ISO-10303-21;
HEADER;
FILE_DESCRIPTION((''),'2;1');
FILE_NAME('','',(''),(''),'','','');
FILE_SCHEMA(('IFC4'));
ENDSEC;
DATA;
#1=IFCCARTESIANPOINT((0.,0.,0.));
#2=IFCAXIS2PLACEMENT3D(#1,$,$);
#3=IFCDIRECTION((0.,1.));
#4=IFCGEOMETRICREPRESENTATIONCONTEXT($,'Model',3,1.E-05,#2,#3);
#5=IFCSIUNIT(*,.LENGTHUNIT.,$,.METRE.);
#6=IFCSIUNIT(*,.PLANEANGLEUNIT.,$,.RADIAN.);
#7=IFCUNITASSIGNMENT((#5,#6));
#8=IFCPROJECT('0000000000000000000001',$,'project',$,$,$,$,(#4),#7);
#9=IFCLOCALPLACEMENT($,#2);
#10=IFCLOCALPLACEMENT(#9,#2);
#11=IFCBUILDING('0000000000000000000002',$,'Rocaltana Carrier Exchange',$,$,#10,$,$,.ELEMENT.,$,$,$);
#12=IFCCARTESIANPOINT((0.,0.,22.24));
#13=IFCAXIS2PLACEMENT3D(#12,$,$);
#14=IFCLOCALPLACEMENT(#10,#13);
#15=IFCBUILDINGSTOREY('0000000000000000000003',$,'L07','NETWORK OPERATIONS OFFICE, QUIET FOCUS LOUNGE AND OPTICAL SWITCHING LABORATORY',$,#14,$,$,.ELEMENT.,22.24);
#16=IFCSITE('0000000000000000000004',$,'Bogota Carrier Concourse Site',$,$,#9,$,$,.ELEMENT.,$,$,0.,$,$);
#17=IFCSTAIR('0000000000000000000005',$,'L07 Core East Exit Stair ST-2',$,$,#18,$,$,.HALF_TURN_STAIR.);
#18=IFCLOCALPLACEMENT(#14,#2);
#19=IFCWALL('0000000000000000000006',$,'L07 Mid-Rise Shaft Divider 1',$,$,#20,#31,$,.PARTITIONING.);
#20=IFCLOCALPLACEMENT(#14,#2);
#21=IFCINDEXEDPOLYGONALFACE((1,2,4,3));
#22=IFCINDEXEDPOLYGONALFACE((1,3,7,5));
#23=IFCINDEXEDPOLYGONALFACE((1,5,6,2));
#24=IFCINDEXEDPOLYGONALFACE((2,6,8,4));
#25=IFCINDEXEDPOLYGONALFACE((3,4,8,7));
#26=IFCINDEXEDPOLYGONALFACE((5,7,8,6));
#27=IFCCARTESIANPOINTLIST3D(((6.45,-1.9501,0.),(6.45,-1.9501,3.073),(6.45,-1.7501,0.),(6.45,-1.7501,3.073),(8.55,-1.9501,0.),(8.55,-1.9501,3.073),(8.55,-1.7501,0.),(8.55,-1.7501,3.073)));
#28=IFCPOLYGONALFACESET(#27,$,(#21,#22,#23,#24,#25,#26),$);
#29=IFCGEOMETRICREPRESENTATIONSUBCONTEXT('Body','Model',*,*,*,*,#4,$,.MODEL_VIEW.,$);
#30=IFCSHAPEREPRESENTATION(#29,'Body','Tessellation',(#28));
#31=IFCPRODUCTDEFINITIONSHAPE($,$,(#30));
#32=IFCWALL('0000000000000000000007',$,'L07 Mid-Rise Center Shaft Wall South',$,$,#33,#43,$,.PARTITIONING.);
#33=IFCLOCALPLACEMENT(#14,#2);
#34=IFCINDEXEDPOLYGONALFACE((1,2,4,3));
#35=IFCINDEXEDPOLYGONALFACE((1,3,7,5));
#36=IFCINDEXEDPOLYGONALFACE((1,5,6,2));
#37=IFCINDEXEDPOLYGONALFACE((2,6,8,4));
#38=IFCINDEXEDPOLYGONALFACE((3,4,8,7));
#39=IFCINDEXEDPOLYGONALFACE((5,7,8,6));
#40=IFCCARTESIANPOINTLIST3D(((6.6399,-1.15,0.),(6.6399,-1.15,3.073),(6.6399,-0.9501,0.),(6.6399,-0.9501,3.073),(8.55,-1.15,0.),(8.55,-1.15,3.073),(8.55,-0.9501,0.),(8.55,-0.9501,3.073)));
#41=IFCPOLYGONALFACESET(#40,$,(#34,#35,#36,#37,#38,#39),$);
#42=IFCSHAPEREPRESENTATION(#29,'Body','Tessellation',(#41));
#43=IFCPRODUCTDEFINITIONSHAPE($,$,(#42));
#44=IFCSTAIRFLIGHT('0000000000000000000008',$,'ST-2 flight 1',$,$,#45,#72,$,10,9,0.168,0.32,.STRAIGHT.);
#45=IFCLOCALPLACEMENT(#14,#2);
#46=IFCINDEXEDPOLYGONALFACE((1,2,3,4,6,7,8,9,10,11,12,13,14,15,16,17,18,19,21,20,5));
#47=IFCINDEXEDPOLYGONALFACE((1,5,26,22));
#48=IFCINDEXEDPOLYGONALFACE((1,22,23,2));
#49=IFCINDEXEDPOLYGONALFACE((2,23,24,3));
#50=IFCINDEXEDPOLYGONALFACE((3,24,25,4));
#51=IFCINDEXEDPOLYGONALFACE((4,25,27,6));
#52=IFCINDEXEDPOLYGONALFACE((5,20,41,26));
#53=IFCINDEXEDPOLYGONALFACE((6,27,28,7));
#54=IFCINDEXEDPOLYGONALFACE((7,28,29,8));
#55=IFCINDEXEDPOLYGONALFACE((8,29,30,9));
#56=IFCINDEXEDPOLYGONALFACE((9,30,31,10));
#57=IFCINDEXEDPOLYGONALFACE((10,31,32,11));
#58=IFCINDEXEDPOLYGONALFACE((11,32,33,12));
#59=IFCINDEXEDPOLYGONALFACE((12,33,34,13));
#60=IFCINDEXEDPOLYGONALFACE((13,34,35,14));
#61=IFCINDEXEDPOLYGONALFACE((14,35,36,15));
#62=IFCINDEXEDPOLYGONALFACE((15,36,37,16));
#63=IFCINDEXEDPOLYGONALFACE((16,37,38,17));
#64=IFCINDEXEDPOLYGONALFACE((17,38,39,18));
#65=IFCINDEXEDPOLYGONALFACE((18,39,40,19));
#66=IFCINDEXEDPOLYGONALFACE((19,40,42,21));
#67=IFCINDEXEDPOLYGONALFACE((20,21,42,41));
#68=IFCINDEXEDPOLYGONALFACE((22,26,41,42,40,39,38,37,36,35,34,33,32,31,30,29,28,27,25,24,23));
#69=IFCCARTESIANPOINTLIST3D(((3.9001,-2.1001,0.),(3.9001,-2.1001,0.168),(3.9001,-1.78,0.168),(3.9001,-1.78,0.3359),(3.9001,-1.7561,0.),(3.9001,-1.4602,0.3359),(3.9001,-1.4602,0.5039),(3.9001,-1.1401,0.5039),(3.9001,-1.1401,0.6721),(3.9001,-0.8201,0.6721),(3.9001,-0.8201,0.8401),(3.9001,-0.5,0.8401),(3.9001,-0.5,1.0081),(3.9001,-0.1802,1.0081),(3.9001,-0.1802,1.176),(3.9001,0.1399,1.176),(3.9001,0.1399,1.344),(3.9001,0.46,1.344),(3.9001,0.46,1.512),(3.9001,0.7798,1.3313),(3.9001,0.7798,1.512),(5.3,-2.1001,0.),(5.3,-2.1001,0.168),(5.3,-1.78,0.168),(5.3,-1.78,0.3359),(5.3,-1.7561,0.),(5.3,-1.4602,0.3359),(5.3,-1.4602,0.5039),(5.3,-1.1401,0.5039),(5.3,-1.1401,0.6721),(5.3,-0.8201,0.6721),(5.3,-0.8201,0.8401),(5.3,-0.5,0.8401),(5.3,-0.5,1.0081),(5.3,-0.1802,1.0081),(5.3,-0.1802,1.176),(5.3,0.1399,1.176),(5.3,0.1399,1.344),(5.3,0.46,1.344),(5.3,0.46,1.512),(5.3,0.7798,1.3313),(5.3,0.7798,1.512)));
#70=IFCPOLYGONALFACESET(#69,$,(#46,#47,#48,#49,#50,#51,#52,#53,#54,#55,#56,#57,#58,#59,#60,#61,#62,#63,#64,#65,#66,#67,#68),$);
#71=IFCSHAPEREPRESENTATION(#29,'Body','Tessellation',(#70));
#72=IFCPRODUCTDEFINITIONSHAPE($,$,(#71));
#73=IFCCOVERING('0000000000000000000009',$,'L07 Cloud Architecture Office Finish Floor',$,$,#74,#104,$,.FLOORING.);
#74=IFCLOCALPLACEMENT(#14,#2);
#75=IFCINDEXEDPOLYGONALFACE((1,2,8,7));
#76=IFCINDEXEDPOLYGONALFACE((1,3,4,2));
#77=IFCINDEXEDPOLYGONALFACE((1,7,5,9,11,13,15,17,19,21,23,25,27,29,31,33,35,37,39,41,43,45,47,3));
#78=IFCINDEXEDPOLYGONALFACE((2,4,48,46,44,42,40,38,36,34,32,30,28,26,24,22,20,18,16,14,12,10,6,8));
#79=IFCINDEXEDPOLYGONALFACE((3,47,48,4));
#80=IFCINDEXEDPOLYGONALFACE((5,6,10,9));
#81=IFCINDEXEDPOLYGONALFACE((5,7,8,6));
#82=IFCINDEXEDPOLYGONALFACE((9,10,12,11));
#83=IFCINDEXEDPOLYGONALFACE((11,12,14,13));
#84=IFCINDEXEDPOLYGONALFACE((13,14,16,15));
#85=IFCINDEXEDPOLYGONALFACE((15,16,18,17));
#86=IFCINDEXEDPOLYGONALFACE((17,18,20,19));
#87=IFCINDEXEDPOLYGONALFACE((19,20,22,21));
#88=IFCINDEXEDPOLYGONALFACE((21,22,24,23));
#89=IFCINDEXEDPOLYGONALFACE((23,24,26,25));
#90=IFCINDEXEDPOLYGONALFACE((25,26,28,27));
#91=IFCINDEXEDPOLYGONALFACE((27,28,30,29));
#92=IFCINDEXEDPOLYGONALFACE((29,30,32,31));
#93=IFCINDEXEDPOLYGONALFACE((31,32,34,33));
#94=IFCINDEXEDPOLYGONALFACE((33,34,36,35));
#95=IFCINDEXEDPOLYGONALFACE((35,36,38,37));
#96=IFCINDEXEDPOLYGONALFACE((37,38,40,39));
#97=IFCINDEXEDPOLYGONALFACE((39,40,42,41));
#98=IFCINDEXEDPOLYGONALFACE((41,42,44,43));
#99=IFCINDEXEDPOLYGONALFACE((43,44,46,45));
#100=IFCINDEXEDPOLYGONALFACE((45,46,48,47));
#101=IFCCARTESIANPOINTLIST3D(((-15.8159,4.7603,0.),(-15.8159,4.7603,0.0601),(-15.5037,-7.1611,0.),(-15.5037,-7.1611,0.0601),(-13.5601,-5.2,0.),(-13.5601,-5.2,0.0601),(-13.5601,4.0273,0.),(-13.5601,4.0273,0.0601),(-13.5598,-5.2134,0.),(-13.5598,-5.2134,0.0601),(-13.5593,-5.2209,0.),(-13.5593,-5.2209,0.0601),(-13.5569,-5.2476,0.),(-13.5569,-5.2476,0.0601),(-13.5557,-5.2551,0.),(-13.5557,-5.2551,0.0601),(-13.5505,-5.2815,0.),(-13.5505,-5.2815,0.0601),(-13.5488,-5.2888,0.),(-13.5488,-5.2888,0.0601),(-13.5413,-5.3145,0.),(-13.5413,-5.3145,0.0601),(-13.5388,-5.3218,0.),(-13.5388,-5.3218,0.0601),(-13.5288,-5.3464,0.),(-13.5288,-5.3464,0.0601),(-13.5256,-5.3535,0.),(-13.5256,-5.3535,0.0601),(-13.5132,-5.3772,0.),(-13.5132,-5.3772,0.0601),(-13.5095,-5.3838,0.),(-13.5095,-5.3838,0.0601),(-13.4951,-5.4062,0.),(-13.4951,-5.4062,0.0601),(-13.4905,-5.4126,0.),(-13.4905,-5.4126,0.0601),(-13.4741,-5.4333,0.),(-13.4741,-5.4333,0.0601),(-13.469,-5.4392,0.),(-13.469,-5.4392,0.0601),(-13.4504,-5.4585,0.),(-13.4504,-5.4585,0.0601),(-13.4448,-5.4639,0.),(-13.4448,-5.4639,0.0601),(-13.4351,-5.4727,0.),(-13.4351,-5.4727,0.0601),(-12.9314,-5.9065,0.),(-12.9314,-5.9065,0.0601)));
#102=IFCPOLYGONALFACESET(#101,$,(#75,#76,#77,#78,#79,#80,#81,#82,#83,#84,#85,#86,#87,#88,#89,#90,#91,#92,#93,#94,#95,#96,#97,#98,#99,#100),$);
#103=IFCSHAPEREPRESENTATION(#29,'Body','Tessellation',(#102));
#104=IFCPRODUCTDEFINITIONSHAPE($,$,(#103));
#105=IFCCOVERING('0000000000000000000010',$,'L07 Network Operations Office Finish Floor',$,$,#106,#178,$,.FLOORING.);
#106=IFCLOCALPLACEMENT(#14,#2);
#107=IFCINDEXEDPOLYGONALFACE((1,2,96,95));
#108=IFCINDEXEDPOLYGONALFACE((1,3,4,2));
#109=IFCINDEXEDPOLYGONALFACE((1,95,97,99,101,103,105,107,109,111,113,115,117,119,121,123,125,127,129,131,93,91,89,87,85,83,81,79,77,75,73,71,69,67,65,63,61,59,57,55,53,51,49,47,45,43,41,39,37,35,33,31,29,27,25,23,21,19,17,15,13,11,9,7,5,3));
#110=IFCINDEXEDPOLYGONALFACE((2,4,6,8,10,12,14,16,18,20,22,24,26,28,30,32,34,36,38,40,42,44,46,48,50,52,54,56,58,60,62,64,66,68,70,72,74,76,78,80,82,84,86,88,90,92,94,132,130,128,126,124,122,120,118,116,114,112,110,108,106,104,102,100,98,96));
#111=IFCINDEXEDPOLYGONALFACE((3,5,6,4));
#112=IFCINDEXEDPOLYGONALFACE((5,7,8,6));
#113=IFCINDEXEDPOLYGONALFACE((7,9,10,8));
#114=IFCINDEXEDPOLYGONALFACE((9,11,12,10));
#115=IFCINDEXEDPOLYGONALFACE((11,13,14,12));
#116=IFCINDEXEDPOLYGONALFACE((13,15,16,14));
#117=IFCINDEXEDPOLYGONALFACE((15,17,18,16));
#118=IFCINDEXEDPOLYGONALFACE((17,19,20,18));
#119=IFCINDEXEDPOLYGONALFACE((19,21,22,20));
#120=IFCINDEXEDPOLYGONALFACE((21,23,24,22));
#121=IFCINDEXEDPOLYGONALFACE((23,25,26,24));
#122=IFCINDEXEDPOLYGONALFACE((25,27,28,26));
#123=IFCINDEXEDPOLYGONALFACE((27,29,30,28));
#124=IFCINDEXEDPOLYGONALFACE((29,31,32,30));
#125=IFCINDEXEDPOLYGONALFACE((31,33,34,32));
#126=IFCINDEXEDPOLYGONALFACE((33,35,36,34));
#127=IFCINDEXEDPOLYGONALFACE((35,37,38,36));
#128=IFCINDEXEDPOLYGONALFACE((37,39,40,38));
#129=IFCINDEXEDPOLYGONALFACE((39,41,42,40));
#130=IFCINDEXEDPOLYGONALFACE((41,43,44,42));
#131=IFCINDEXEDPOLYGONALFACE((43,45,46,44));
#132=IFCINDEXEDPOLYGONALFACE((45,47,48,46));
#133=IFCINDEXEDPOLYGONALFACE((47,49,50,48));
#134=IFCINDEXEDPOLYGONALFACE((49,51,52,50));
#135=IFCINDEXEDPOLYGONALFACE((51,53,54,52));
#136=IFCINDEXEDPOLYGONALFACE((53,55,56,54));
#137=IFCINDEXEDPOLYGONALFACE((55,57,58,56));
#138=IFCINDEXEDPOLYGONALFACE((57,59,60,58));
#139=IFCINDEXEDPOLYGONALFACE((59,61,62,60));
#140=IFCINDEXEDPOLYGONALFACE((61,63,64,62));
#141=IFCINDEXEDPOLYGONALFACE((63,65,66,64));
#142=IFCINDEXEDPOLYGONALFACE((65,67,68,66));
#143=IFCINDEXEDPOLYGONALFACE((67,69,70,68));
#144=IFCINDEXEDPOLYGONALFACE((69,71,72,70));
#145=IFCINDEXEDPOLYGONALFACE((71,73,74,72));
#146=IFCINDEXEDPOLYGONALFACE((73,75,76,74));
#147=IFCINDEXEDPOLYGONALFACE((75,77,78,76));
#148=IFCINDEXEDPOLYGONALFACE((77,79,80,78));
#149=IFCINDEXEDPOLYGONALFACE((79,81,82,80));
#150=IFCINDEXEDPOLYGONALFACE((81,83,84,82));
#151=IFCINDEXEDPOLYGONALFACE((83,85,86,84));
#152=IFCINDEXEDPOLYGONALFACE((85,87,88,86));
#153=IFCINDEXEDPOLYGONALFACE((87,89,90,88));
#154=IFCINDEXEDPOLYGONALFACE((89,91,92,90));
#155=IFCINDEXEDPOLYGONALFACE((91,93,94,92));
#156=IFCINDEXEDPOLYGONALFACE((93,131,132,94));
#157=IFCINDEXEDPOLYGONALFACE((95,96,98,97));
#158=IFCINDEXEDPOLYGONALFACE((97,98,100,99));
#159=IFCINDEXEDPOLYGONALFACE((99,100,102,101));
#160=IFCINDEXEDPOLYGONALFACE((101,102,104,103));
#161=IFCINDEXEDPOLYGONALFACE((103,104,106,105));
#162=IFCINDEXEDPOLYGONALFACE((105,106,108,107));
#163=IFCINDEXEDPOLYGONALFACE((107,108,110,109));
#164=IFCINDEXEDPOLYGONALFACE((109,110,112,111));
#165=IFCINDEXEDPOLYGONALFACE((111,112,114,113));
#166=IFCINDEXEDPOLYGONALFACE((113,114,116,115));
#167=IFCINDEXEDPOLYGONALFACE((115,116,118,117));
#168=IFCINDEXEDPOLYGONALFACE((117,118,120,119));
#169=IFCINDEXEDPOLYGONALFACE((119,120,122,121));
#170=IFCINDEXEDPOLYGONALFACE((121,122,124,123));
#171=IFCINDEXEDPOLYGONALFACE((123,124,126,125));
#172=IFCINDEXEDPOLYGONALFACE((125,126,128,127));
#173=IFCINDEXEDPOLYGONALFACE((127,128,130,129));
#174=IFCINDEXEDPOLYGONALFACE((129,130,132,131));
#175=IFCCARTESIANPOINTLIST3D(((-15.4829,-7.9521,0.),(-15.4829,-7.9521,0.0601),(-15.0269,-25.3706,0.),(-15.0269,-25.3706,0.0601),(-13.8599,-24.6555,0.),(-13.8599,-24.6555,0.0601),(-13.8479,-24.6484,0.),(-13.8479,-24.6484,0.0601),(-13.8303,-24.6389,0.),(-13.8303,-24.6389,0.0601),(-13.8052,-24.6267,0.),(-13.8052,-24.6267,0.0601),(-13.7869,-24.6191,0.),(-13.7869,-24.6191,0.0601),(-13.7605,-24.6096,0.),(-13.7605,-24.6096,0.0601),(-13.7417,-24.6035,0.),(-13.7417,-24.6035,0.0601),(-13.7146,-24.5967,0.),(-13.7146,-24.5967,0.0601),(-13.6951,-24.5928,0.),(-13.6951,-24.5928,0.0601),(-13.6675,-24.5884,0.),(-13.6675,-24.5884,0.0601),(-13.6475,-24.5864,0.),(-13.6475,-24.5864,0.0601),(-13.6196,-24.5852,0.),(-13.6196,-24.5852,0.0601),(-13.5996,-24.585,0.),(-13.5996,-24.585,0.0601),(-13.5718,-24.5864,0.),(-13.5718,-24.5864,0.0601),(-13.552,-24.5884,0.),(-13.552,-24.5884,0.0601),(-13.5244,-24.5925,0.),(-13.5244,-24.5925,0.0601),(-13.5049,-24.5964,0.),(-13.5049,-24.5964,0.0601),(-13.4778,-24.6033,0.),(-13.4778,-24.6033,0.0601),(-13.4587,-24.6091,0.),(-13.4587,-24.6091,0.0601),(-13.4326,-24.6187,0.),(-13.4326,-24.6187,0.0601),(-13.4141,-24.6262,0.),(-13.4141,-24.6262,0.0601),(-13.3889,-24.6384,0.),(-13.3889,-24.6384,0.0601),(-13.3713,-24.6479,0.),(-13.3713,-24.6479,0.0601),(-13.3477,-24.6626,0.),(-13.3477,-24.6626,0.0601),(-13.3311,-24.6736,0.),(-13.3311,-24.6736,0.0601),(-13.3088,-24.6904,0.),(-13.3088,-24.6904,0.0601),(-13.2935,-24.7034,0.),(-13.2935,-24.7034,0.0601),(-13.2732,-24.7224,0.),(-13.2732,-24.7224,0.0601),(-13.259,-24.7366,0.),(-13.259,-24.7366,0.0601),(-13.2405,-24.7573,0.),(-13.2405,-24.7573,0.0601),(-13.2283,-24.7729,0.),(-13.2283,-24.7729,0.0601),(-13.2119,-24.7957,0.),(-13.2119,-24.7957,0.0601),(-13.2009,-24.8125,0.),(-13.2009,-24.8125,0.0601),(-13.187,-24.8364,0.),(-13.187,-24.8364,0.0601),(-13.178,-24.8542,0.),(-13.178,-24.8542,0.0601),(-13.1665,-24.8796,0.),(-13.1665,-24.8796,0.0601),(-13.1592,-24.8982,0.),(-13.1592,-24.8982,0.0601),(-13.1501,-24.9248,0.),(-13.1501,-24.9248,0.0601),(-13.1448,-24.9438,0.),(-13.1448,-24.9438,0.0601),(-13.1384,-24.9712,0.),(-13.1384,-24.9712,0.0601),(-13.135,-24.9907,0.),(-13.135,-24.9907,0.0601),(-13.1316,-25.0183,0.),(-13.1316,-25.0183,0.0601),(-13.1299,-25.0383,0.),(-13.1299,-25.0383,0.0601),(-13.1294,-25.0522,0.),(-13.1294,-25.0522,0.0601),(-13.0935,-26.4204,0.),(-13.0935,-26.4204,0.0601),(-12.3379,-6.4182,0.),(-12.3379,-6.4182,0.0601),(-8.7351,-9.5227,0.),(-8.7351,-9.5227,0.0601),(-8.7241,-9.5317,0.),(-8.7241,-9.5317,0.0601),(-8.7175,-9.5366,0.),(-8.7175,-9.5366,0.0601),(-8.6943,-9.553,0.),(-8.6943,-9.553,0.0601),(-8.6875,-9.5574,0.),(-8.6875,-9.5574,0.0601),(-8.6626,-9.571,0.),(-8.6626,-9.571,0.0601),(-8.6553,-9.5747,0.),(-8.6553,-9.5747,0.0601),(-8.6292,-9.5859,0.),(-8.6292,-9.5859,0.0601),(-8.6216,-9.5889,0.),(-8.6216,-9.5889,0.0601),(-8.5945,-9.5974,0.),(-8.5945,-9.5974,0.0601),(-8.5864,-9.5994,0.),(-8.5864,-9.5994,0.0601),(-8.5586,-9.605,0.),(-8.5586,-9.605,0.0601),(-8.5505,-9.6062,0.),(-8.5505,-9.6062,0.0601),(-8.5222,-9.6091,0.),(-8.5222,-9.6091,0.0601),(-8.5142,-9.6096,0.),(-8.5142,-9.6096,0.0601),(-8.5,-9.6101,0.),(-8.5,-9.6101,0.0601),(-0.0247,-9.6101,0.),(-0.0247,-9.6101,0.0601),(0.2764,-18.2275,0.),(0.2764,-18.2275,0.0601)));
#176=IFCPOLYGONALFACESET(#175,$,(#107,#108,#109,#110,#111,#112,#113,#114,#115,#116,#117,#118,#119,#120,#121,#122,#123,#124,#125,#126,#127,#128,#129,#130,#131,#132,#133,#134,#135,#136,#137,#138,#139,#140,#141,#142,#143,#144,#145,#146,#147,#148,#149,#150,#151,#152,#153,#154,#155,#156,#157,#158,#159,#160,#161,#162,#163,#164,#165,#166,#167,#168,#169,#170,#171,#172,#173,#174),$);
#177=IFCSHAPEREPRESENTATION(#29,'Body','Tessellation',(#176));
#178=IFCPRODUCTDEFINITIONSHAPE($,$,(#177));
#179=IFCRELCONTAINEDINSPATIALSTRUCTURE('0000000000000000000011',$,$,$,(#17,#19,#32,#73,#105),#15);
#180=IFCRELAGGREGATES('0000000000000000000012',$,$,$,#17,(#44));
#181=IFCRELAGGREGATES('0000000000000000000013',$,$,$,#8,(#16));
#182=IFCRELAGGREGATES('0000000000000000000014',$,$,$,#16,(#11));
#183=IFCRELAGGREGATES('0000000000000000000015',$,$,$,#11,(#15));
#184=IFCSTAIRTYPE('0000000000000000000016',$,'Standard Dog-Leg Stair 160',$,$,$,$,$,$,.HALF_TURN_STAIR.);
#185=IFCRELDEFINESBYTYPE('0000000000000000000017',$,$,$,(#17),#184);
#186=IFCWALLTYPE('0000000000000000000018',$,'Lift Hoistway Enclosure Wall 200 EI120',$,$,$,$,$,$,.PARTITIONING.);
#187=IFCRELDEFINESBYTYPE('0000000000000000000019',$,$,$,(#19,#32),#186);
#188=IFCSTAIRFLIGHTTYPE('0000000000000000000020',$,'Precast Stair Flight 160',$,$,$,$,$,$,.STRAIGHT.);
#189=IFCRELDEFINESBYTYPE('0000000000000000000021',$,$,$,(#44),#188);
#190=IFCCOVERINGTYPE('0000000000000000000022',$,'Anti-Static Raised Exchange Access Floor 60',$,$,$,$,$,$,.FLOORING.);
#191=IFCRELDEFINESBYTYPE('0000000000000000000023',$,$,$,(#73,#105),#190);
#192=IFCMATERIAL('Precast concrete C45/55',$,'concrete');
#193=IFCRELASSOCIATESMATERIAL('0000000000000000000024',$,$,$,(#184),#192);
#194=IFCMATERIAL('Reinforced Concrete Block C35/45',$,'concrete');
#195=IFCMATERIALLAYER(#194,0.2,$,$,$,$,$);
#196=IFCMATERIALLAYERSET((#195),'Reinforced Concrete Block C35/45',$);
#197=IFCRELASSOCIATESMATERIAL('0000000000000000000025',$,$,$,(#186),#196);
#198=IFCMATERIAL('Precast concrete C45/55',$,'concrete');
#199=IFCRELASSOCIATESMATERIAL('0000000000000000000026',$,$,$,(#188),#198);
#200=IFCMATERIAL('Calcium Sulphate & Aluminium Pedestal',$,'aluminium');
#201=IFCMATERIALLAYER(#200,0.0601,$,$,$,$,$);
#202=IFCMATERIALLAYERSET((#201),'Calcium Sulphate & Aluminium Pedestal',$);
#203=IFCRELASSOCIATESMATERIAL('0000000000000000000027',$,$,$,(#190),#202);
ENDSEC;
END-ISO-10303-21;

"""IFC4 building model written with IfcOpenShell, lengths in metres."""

from ifc_helpers import new_model, si_unit, direction, frame, frame_2d, origin, place, context, subcontext, project, spatial, polyline, rectangle, outline, extrude, material, layer, layer_set, type_object, element, aggregate, save


model = new_model("IFC4")

# Units and contexts
model_context = context("Model", 3, precision=1e-05, world=origin(), true_north=direction((0.0, 1.0)))
body_context = subcontext(model_context, "Body", "Model", "MODEL_VIEW")
ifc_project = project(units=[si_unit("LENGTHUNIT", "METRE"), si_unit("PLANEANGLEUNIT", "RADIAN")], contexts=[model_context])

# Site, building, storey
site_placement = place(None, origin())
site = spatial("IfcSite", under=ifc_project, at=site_placement, Name="Bogota Carrier Concourse Site", CompositionType="ELEMENT", RefElevation=0.0)
building_placement = place(site_placement, origin())
building = spatial("IfcBuilding", under=site, at=building_placement, Name="Rocaltana Carrier Exchange", CompositionType="ELEMENT")
storey_placement = place(building_placement, frame((0.0, 0.0, 22.24)))
storey = spatial("IfcBuildingStorey", under=building, at=storey_placement, Name="L07", Description="NETWORK OPERATIONS OFFICE, QUIET FOCUS LOUNGE AND OPTICAL SWITCHING LABORATORY", CompositionType="ELEMENT", Elevation=22.24)

# Stair
ifc_material_1 = material(Name="Precast concrete C45/55", Category="concrete")
stair_type = type_object("IfcStairType", Name="Standard Dog-Leg Stair 160", PredefinedType="HALF_TURN_STAIR", material=ifc_material_1)
stair_1_placement = place(storey_placement, origin())
stair_1 = element("IfcStair", 1, at=stair_1_placement, inside=storey, type_object=stair_type, Name="L07 Core East Exit Stair ST-2", PredefinedType="HALF_TURN_STAIR")

# Walls
ifc_material_2 = material(Name="Reinforced Concrete Block C35/45", Category="concrete")
ifc_layer_1 = layer(ifc_material_2, 0.2)
ifc_layer_set_1 = layer_set([ifc_layer_1], Name="Reinforced Concrete Block C35/45")
wall_type = type_object("IfcWallType", Name="Lift Hoistway Enclosure Wall 200 EI120", PredefinedType="PARTITIONING", material=ifc_layer_set_1)
wall_1_placement = place(storey_placement, frame((6.45, -1.8501, 0.0), z_axis=(0.0, 0.0, 1.0), x_axis=(1.0, 0.0, 0.0)))
element("IfcWall", 2, at=wall_1_placement, inside=storey, type_object=wall_type, Name="L07 Mid-Rise Shaft Divider 1", PredefinedType="PARTITIONING", context=body_context, shape_type="SweptSolid", body=[
    extrude(rectangle(XDim=2.1001, YDim=0.2, at=frame_2d((1.05, 0.0))), origin(), (0.0, 0.0, 1.0), 3.073),
])
wall_2_placement = place(storey_placement, frame((6.6399, -1.05, 0.0), z_axis=(0.0, 0.0, 1.0), x_axis=(1.0, 0.0, 0.0)))
element("IfcWall", 3, at=wall_2_placement, inside=storey, type_object=wall_type, Name="L07 Mid-Rise Center Shaft Wall South", PredefinedType="PARTITIONING", context=body_context, shape_type="SweptSolid", body=[
    extrude(rectangle(XDim=1.9102, YDim=0.2, at=frame_2d((0.9551, 0.0))), origin(), (0.0, 0.0, 1.0), 3.073),
])

# Stair flight
ifc_material_3 = material(Name="Precast concrete C45/55", Category="concrete")
stair_flight_type = type_object("IfcStairFlightType", Name="Precast Stair Flight 160", PredefinedType="STRAIGHT", material=ifc_material_3)
stair_flight_placement = place(storey_placement, frame((4.6001, -2.1001, 0.0), z_axis=(0.0, 0.0, 1.0), x_axis=(0.0, 1.0, 0.0)))
stair_flight = element("IfcStairFlight", 4, at=stair_flight_placement, type_object=stair_flight_type, Name="ST-2 flight 1", NumberOfRisers=10, NumberOfTreads=9, PredefinedType="STRAIGHT", RiserHeight=0.168, TreadLength=0.32, context=body_context, shape_type="SweptSolid", body=[
    extrude(outline(polyline([(0.0, 0.0), (0.0, 0.168), (0.3201, 0.168), (0.3201, 0.3359), (0.6399, 0.3359), (0.6399, 0.5039), (0.96, 0.5039), (0.96, 0.6721), (1.28, 0.6721), (1.28, 0.8401), (1.6001, 0.8401), (1.6001, 1.0081), (1.9199, 1.0081), (1.9199, 1.176), (2.24, 1.176), (2.24, 1.344), (2.5601, 1.344), (2.5601, 1.512), (2.8799, 1.512), (2.8799, 1.6799), (2.8799, 1.3313), (0.344, 0.0), (0.0, 0.0)])), frame((0.0, 0.7, 0.0), z_axis=(0.0, -1.0, 0.0), x_axis=(1.0, 0.0, 0.0)), (0.0, 0.0, 1.0), 1.3999),
])
aggregate(stair_1, [stair_flight])

# Coverings
ifc_material_4 = material(Name="Calcium Sulphate & Aluminium Pedestal", Category="aluminium")
ifc_layer_2 = layer(ifc_material_4, 0.0601)
ifc_layer_set_2 = layer_set([ifc_layer_2], Name="Calcium Sulphate & Aluminium Pedestal")
covering_type_1 = type_object("IfcCoveringType", Name="Anti-Static Raised Exchange Access Floor 60", PredefinedType="FLOORING", material=ifc_layer_set_2)
covering_1_placement = place(storey_placement, origin())
element("IfcCovering", 5, at=covering_1_placement, inside=storey, type_object=covering_type_1, Name="L07 Cloud Architecture Office Finish Floor", PredefinedType="FLOORING", context=body_context, shape_type="SweptSolid", body=[
    extrude(outline(polyline([(-15.8159, 4.7603), (-13.5601, 4.0273), (-13.5601, -5.2), (-13.5598, -5.2134), (-13.5593, -5.2209), (-13.5569, -5.2476), (-13.5557, -5.2551), (-13.5505, -5.2815), (-13.5488, -5.2888), (-13.5413, -5.3145), (-13.5388, -5.3218), (-13.5288, -5.3464), (-13.5256, -5.3535), (-13.5132, -5.3772), (-13.5095, -5.3838), (-13.4951, -5.4062), (-13.4905, -5.4126), (-13.4741, -5.4333), (-13.469, -5.4392), (-13.4504, -5.4585), (-13.4448, -5.4639), (-13.4351, -5.4727), (-12.9314, -5.9065), (-15.5037, -7.1611), (-15.8159, 4.7603)])), origin(), (0.0, 0.0, 1.0), 0.0601),
])
covering_2_placement = place(storey_placement, origin())
element("IfcCovering", 6, at=covering_2_placement, inside=storey, type_object=covering_type_1, Name="L07 Network Operations Office Finish Floor", PredefinedType="FLOORING", context=body_context, shape_type="SweptSolid", body=[
    extrude(outline(polyline([(-13.1294, -25.0522), (-13.1299, -25.0383), (-13.1316, -25.0183), (-13.135, -24.9907), (-13.1384, -24.9712), (-13.1448, -24.9438), (-13.1501, -24.9248), (-13.1592, -24.8982), (-13.1665, -24.8796), (-13.178, -24.8542), (-13.187, -24.8364), (-13.2009, -24.8125), (-13.2119, -24.7957), (-13.2283, -24.7729), (-13.2405, -24.7573), (-13.259, -24.7366), (-13.2732, -24.7224), (-13.2935, -24.7034), (-13.3088, -24.6904), (-13.3311, -24.6736), (-13.3477, -24.6626), (-13.3713, -24.6479), (-13.3889, -24.6384), (-13.4141, -24.6262), (-13.4326, -24.6187), (-13.4587, -24.6091), (-13.4778, -24.6033), (-13.5049, -24.5964), (-13.5244, -24.5925), (-13.552, -24.5884), (-13.5718, -24.5864), (-13.5996, -24.585), (-13.6196, -24.5852), (-13.6475, -24.5864), (-13.6675, -24.5884), (-13.6951, -24.5928), (-13.7146, -24.5967), (-13.7417, -24.6035), (-13.7605, -24.6096), (-13.7869, -24.6191), (-13.8052, -24.6267), (-13.8303, -24.6389), (-13.8479, -24.6484), (-13.8599, -24.6555), (-15.0269, -25.3706), (-15.4829, -7.9521), (-12.3379, -6.4182), (-8.7351, -9.5227), (-8.7241, -9.5317), (-8.7175, -9.5366), (-8.6943, -9.553), (-8.6875, -9.5574), (-8.6626, -9.571), (-8.6553, -9.5747), (-8.6292, -9.5859), (-8.6216, -9.5889), (-8.5945, -9.5974), (-8.5864, -9.5994), (-8.5586, -9.605), (-8.5505, -9.6062), (-8.5222, -9.6091), (-8.5142, -9.6096), (-8.5, -9.6101), (-0.0247, -9.6101), (0.2764, -18.2275), (-13.0935, -26.4204), (-13.1294, -25.0522)])), origin(), (0.0, 0.0, 1.0), 0.0601),
])

save(model, "model.ifc")
